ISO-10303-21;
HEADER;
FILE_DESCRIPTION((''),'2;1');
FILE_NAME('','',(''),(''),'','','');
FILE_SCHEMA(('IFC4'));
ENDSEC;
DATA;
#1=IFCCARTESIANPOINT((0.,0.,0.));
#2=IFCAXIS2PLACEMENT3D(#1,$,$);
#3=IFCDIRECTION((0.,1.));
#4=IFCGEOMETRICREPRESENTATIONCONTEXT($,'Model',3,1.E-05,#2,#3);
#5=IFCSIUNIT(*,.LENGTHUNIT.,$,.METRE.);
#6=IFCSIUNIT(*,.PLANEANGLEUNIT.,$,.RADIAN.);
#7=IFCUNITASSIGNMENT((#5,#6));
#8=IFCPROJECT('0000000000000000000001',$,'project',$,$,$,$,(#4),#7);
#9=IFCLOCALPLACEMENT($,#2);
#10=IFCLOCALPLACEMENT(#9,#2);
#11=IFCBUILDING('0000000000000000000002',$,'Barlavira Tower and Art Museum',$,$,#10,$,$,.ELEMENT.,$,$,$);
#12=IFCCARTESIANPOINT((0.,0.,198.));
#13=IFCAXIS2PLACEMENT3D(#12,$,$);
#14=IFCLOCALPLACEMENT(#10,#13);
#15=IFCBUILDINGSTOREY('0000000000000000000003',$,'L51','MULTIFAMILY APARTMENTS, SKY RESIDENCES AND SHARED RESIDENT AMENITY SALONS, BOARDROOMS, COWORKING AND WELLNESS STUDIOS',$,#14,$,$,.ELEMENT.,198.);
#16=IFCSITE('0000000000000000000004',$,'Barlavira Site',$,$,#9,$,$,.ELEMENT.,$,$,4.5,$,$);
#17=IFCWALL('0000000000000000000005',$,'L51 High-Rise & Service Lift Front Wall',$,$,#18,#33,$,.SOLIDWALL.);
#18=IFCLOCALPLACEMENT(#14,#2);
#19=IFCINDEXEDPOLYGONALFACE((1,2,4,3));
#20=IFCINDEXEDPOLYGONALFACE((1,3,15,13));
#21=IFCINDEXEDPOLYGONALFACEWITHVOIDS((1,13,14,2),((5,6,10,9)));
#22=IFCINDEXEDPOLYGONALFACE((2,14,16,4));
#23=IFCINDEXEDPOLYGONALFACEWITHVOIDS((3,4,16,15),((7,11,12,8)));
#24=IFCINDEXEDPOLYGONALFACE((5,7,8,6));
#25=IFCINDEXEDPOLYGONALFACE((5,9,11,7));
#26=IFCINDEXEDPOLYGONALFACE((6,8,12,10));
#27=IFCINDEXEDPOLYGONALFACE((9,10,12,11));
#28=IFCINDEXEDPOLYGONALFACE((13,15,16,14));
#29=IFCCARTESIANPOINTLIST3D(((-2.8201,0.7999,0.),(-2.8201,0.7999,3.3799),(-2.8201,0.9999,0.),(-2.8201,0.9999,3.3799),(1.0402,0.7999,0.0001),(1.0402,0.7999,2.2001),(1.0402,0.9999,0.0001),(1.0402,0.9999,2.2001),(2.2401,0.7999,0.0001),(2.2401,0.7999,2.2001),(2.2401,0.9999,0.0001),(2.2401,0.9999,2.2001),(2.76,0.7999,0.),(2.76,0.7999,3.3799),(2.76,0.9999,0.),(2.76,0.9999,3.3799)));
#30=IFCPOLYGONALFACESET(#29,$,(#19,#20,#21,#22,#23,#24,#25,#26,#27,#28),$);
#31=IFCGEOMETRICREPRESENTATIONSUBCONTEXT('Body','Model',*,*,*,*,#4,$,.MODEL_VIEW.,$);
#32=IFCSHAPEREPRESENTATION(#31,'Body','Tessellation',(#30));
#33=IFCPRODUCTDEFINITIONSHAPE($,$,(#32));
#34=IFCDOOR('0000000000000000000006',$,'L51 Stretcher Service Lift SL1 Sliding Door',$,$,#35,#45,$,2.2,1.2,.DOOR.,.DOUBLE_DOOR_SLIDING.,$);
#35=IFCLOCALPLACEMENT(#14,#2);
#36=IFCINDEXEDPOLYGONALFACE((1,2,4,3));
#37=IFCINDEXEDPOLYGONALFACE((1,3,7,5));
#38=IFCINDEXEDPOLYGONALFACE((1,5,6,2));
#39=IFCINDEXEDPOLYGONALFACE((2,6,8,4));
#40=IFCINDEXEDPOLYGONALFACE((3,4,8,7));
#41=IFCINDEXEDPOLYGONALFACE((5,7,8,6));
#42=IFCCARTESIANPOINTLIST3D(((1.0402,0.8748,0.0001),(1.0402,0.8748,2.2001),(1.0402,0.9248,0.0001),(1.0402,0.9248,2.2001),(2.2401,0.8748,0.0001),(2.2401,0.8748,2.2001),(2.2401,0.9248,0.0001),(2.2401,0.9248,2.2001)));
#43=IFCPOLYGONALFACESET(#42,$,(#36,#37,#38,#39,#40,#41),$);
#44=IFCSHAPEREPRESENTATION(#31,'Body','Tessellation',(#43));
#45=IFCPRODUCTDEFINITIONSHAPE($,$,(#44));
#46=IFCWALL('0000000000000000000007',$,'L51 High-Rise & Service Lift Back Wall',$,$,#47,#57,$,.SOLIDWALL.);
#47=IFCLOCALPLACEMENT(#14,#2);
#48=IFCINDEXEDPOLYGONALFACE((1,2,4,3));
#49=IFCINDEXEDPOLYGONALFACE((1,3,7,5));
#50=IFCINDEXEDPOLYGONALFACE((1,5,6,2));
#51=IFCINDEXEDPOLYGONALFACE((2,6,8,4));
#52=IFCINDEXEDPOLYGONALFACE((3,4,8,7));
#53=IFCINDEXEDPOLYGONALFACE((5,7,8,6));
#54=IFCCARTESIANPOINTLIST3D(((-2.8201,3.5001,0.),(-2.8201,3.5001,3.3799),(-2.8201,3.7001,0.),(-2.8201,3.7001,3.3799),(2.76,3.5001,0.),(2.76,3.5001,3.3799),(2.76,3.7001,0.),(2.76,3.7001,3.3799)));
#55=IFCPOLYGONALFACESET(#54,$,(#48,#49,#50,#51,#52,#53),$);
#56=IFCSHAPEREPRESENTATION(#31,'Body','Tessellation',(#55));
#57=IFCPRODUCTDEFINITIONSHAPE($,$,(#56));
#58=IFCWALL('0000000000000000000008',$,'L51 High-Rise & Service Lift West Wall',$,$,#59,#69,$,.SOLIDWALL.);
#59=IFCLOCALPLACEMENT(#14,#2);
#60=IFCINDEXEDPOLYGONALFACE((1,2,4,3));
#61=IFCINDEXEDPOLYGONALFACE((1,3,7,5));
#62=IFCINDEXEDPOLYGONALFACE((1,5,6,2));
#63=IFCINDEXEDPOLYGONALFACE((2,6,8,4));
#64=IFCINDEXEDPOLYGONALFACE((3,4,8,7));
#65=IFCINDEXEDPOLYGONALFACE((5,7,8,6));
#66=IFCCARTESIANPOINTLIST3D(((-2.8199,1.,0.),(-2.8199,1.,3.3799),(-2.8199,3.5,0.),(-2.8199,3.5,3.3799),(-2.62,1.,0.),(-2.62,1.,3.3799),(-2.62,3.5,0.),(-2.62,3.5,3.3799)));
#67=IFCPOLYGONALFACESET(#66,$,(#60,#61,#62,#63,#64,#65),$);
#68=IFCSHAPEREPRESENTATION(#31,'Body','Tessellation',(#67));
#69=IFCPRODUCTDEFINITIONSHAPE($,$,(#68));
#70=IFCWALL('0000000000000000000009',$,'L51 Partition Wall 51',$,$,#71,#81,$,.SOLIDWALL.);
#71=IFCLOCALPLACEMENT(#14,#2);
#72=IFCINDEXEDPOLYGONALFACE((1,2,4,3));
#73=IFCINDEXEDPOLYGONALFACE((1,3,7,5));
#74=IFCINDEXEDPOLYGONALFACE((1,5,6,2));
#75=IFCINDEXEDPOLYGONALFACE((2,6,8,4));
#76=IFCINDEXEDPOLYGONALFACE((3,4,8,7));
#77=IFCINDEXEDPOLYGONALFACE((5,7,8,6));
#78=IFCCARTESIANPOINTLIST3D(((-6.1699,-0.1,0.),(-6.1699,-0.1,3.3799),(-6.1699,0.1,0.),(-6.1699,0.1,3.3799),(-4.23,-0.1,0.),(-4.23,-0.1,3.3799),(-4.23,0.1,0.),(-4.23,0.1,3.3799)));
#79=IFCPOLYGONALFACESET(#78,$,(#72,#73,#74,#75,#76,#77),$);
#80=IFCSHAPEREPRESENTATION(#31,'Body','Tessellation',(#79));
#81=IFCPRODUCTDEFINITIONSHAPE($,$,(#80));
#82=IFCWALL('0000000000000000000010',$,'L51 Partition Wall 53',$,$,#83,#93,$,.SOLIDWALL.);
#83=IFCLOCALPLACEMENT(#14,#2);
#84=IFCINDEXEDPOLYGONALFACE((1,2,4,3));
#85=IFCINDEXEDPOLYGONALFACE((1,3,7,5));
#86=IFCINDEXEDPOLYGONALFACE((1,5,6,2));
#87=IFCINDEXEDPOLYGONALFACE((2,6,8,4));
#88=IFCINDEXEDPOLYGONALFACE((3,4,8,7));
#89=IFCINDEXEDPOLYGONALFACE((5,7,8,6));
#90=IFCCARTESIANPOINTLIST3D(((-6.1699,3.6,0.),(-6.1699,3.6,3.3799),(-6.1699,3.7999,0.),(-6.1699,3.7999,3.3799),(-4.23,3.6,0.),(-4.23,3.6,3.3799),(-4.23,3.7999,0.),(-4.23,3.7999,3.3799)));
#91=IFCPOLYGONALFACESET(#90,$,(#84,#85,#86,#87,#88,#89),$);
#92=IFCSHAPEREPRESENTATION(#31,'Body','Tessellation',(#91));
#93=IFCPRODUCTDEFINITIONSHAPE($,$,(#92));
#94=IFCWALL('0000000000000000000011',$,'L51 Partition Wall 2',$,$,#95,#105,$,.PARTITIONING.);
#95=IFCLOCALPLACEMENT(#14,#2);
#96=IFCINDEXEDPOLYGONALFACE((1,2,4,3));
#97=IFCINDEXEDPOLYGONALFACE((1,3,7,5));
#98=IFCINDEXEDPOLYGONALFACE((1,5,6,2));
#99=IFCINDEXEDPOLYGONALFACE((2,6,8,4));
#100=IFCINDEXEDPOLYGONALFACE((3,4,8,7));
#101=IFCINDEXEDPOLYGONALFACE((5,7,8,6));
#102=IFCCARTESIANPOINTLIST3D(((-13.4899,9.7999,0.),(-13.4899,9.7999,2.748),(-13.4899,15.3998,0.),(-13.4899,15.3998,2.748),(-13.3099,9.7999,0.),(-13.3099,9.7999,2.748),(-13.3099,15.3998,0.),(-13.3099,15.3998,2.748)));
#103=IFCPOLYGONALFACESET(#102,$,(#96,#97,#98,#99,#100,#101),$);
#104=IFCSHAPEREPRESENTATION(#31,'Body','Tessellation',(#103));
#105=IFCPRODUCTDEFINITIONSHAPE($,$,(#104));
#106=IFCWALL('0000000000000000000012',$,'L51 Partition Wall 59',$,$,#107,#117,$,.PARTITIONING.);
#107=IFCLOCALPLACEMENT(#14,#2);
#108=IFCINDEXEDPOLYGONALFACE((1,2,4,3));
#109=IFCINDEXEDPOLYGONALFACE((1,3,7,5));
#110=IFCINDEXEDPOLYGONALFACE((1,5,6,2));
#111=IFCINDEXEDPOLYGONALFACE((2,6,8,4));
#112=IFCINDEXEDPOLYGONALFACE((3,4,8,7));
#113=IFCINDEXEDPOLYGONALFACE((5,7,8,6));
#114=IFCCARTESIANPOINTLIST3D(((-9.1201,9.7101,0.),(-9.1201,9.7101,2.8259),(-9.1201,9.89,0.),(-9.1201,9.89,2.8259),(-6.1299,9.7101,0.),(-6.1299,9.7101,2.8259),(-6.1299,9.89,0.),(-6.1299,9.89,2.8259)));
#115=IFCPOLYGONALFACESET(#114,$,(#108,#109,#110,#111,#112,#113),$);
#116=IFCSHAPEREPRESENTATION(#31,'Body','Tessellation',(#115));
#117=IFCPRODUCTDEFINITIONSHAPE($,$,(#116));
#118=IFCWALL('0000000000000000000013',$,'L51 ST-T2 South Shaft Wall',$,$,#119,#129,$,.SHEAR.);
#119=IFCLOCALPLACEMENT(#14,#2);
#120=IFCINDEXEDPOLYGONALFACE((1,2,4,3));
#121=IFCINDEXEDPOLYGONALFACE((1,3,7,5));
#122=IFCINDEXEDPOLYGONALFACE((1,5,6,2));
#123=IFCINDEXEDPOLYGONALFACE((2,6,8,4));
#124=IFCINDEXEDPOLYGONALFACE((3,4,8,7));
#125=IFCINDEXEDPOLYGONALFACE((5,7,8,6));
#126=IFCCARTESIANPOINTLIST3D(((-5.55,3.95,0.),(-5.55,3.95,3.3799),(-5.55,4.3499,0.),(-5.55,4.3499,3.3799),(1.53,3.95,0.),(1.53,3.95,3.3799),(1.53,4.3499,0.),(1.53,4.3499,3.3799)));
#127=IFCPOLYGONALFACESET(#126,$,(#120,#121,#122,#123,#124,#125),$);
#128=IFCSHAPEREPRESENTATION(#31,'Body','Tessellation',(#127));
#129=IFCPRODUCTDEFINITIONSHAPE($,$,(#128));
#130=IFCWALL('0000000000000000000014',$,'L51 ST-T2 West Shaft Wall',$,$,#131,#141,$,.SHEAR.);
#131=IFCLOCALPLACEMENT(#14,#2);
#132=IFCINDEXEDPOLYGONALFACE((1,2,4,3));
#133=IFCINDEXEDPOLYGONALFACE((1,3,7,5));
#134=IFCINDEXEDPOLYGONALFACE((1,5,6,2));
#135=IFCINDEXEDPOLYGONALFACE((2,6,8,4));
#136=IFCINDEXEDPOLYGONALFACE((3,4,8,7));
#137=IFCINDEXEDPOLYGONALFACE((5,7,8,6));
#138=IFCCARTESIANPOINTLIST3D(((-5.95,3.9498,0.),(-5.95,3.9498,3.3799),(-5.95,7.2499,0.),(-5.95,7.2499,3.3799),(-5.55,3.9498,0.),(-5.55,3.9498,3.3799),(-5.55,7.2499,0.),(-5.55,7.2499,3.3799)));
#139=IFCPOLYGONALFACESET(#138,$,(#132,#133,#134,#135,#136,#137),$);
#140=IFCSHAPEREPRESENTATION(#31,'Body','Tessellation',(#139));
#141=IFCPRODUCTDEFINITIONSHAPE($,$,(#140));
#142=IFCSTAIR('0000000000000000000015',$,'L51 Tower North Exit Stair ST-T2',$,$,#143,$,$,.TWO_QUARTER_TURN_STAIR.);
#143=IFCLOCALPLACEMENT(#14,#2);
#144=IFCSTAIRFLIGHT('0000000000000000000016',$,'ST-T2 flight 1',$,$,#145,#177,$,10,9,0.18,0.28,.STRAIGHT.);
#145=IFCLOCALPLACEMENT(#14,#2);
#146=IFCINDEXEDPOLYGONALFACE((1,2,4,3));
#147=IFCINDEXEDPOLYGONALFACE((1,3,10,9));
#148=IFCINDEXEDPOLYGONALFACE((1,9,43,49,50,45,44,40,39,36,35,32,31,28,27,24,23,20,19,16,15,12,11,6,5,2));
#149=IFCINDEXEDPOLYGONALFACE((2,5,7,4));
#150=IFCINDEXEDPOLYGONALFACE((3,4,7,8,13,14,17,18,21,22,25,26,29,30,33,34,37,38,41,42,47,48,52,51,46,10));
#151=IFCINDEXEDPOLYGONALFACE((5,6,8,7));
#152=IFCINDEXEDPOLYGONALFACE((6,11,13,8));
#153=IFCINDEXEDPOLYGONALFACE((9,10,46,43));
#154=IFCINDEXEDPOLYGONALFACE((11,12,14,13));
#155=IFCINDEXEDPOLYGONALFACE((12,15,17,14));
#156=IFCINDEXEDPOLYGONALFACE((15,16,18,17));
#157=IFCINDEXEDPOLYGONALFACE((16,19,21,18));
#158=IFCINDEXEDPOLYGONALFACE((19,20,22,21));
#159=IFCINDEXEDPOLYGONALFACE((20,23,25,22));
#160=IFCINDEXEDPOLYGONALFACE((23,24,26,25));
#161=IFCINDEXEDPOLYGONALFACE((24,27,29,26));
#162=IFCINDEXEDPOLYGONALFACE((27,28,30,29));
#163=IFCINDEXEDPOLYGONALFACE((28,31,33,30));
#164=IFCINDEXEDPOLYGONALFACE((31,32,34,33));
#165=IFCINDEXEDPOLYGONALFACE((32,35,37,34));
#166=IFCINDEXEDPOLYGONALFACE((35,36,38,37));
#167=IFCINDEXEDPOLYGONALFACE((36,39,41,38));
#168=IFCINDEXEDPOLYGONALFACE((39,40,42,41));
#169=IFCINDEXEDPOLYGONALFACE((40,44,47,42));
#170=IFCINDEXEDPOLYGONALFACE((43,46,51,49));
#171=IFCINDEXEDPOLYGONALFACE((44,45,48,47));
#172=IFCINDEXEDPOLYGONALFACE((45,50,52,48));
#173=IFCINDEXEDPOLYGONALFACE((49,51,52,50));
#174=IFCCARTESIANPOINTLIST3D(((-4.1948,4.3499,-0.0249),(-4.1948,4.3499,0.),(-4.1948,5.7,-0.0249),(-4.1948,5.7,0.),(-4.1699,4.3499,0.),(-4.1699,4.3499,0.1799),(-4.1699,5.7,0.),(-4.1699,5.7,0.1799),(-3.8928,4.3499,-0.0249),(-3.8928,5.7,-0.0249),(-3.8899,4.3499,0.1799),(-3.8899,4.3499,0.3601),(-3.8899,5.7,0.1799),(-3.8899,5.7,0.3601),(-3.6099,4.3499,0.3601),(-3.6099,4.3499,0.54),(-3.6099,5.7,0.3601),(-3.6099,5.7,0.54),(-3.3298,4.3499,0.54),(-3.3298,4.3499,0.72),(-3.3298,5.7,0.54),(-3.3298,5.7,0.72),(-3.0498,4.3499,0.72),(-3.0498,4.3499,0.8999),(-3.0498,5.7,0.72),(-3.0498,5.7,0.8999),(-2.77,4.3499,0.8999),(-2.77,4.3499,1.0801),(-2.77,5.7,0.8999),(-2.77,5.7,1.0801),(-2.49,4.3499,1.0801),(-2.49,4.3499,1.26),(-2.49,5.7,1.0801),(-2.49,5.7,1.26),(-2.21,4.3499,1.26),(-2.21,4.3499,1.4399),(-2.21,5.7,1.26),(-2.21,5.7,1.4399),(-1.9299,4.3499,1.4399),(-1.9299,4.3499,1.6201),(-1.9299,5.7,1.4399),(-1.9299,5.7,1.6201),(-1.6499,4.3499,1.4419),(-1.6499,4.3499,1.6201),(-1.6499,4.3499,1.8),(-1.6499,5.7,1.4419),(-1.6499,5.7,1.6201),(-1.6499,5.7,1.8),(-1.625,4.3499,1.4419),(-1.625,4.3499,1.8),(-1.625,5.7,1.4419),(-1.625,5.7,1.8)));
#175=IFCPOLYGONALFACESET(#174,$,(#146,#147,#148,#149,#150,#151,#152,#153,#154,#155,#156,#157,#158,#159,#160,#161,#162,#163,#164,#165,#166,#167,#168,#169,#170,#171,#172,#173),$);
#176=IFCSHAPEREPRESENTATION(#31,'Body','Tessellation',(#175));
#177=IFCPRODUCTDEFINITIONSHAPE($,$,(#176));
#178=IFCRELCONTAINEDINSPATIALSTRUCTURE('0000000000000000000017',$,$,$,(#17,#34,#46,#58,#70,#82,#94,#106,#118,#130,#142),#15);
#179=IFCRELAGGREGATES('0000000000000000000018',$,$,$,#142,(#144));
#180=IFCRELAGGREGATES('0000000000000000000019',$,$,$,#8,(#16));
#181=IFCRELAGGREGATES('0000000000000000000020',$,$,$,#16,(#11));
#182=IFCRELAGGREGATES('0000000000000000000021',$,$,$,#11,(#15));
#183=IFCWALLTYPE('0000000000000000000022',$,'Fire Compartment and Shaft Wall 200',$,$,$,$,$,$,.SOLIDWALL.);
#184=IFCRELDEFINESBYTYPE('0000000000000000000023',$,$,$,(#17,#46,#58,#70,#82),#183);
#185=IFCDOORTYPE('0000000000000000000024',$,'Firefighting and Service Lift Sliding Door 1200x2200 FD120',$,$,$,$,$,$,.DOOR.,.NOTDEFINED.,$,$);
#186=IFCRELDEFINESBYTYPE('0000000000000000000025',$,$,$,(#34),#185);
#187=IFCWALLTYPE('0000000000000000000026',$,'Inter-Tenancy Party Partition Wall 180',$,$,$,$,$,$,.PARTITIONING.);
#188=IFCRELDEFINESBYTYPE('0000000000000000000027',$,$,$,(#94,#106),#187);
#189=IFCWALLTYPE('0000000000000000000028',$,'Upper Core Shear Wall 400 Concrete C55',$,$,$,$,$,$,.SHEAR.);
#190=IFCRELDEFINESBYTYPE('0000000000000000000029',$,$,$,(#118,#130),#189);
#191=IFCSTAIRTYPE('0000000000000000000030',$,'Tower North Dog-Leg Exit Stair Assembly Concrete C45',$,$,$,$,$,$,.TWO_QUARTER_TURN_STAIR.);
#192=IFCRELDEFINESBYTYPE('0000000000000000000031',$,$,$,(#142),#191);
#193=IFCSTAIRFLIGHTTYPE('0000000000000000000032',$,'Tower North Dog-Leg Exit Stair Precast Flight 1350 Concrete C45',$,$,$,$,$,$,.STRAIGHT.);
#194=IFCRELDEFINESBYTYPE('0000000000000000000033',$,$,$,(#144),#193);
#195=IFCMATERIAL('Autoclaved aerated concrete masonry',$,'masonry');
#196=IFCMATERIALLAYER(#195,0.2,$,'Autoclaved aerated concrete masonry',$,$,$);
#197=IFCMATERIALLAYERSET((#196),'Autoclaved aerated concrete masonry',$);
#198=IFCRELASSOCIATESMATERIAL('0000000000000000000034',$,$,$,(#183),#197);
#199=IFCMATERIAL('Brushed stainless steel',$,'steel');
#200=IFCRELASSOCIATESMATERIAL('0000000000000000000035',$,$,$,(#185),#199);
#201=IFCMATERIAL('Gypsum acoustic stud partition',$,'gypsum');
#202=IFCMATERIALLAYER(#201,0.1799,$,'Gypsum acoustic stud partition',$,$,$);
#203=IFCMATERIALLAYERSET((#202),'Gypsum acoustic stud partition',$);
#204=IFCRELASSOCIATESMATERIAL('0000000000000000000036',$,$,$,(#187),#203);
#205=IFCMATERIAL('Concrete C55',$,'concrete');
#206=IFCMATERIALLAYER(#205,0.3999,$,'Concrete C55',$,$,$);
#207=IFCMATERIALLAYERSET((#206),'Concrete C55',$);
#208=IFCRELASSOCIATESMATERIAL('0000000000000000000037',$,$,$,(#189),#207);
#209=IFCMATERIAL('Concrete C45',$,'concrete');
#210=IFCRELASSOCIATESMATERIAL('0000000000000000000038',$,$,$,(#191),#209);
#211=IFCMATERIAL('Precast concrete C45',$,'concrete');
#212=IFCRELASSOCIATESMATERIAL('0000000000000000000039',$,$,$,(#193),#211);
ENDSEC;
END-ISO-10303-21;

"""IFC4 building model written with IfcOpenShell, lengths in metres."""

from ifc_helpers import new_model, si_unit, direction, frame, frame_2d, origin, place, context, subcontext, project, spatial, polyline, rectangle, outline, extrude, material, layer, layer_set, type_object, element, fill, aggregate, save


model = new_model("IFC4")

# Units and contexts
model_context = context("Model", 3, precision=1e-05, world=origin(), true_north=direction((0.0, 1.0)))
body_context = subcontext(model_context, "Body", "Model", "MODEL_VIEW")
ifc_project = project(units=[si_unit("LENGTHUNIT", "METRE"), si_unit("PLANEANGLEUNIT", "RADIAN")], contexts=[model_context])

# Site, building, storey
site_placement = place(None, origin())
site = spatial("IfcSite", under=ifc_project, at=site_placement, Name="Barlavira Site", CompositionType="ELEMENT", RefElevation=4.5)
building_placement = place(site_placement, origin())
building = spatial("IfcBuilding", under=site, at=building_placement, Name="Barlavira Tower and Art Museum", CompositionType="ELEMENT")
storey_placement = place(building_placement, frame((0.0, 0.0, 198.0)))
storey = spatial("IfcBuildingStorey", under=building, at=storey_placement, Name="L51", Description="MULTIFAMILY APARTMENTS, SKY RESIDENCES AND SHARED RESIDENT AMENITY SALONS, BOARDROOMS, COWORKING AND WELLNESS STUDIOS", CompositionType="ELEMENT", Elevation=198.0)

# Shared definitions
ifc_material_1 = material(Name="Gypsum acoustic stud partition", Category="gypsum")

# Shared definitions
ifc_material_2 = material(Name="Brushed stainless steel", Category="steel")

# Wall, opening, door
ifc_material_3 = material(Name="Autoclaved aerated concrete masonry", Category="masonry")
ifc_layer_1 = layer(ifc_material_3, 0.2, Name="Autoclaved aerated concrete masonry")
ifc_layer_set_1 = layer_set([ifc_layer_1], Name="Autoclaved aerated concrete masonry")
wall_type_1 = type_object("IfcWallType", Name="Fire Compartment and Shaft Wall 200", PredefinedType="SOLIDWALL", material=ifc_layer_set_1)
wall_1_placement = place(storey_placement, frame((-2.8201, 0.8999, 0.0), z_axis=(0.0, 0.0, 1.0), x_axis=(1.0, 0.0, 0.0)))
wall_1 = element("IfcWall", 1, at=wall_1_placement, inside=storey, type_object=wall_type_1, Name="L51 High-Rise & Service Lift Front Wall", PredefinedType="SOLIDWALL", context=body_context, shape_type="SweptSolid", body=[
    extrude(rectangle(XDim=5.5801, YDim=0.2, at=frame_2d((2.79, 0.0))), origin(), (0.0, 0.0, 1.0), 3.3799),
])
opening_1_placement = place(wall_1_placement, frame((3.8601, 0.0, 0.0)))
opening_1 = element("IfcOpeningElement", 2, at=opening_1_placement, cuts=wall_1, PredefinedType="OPENING", context=body_context, shape_type="SweptSolid", body=[
    extrude(rectangle(XDim=1.2, YDim=2.2, at=frame_2d((0.6001, 1.1001))), frame((0.0, 0.1099, 0.0), z_axis=(0.0, -1.0, 0.0), x_axis=(1.0, 0.0, 0.0)), (0.0, 0.0, 1.0), 0.22),
])
door_type_1 = type_object("IfcDoorType", Name="Firefighting and Service Lift Sliding Door 1200x2200 FD120", OperationType="NOTDEFINED", PredefinedType="DOOR", material=ifc_material_2)
door_1_placement = place(opening_1_placement, origin())
door_1 = element("IfcDoor", 3, at=door_1_placement, inside=storey, type_object=door_type_1, Name="L51 Stretcher Service Lift SL1 Sliding Door", OperationType="DOUBLE_DOOR_SLIDING", OverallHeight=2.2, OverallWidth=1.2, PredefinedType="DOOR", context=body_context, shape_type="SweptSolid", body=[
    extrude(rectangle(XDim=1.2, YDim=2.2, at=frame_2d((0.6001, 1.1001))), frame((0.0, 0.0249, 0.0), z_axis=(0.0, -1.0, 0.0), x_axis=(1.0, 0.0, 0.0)), (0.0, 0.0, 1.0), 0.05),
])
fill(opening_1, door_1)

# Walls
wall_2_placement = place(storey_placement, frame((-2.8201, 3.6001, 0.0), z_axis=(0.0, 0.0, 1.0), x_axis=(1.0, 0.0, 0.0)))
element("IfcWall", 4, at=wall_2_placement, inside=storey, type_object=wall_type_1, Name="L51 High-Rise & Service Lift Back Wall", PredefinedType="SOLIDWALL", context=body_context, shape_type="SweptSolid", body=[
    extrude(rectangle(XDim=5.5801, YDim=0.2, at=frame_2d((2.79, 0.0))), origin(), (0.0, 0.0, 1.0), 3.3799),
])
wall_3_placement = place(storey_placement, frame((-2.72, 1.0, 0.0), z_axis=(0.0, 0.0, 1.0), x_axis=(0.0, 1.0, 0.0)))
element("IfcWall", 5, at=wall_3_placement, inside=storey, type_object=wall_type_1, Name="L51 High-Rise & Service Lift West Wall", PredefinedType="SOLIDWALL", context=body_context, shape_type="SweptSolid", body=[
    extrude(rectangle(XDim=2.5, YDim=0.2, at=frame_2d((1.25, 0.0))), origin(), (0.0, 0.0, 1.0), 3.3799),
])
for number, where, z_axis, x_axis, name in (
    (6, (-6.1699, 0.0, 0.0), (0.0, 0.0, 1.0), (1.0, 0.0, 0.0), "L51 Partition Wall 51"),
    (7, (-6.1699, 3.7, 0.0), (0.0, 0.0, 1.0), (1.0, 0.0, 0.0), "L51 Partition Wall 53"),
):
    element("IfcWall", number, at=place(storey_placement, frame(where, z_axis=z_axis, x_axis=x_axis)), inside=storey, type_object=wall_type_1, Name=name, PredefinedType="SOLIDWALL", context=body_context, shape_type="SweptSolid", body=[
        extrude(rectangle(XDim=1.9399, YDim=0.2, at=frame_2d((0.97, 0.0))), origin(), (0.0, 0.0, 1.0), 3.3799),
    ])
ifc_layer_2 = layer(ifc_material_1, 0.1799, Name="Gypsum acoustic stud partition")
ifc_layer_set_2 = layer_set([ifc_layer_2], Name="Gypsum acoustic stud partition")
wall_type_2 = type_object("IfcWallType", Name="Inter-Tenancy Party Partition Wall 180", PredefinedType="PARTITIONING", material=ifc_layer_set_2)
wall_4_placement = place(storey_placement, frame((-13.3999, 9.8, 0.0), z_axis=(0.0, 0.0, 1.0), x_axis=(0.0, 1.0, 0.0)))
element("IfcWall", 8, at=wall_4_placement, inside=storey, type_object=wall_type_2, Name="L51 Partition Wall 2", PredefinedType="PARTITIONING", context=body_context, shape_type="SweptSolid", body=[
    extrude(rectangle(XDim=5.5999, YDim=0.1799, at=frame_2d((2.7998, 0.0))), origin(), (0.0, 0.0, 1.0), 2.748),
])

# Walls
wall_5_placement = place(storey_placement, frame((-9.1201, 9.8, 0.0), z_axis=(0.0, 0.0, 1.0), x_axis=(1.0, 0.0, 0.0)))
element("IfcWall", 9, at=wall_5_placement, inside=storey, type_object=wall_type_2, Name="L51 Partition Wall 59", PredefinedType="PARTITIONING", context=body_context, shape_type="SweptSolid", body=[
    extrude(rectangle(XDim=2.9902, YDim=0.1799, at=frame_2d((1.4951, 0.0))), origin(), (0.0, 0.0, 1.0), 2.8259),
])
ifc_material_4 = material(Name="Concrete C55", Category="concrete")
ifc_layer_3 = layer(ifc_material_4, 0.3999, Name="Concrete C55")
ifc_layer_set_3 = layer_set([ifc_layer_3], Name="Concrete C55")
wall_type_3 = type_object("IfcWallType", Name="Upper Core Shear Wall 400 Concrete C55", PredefinedType="SHEAR", material=ifc_layer_set_3)
wall_6_placement = place(storey_placement, frame((-5.55, 4.1499, 0.0), z_axis=(0.0, 0.0, 1.0), x_axis=(1.0, 0.0, 0.0)))
element("IfcWall", 10, at=wall_6_placement, inside=storey, type_object=wall_type_3, Name="L51 ST-T2 South Shaft Wall", PredefinedType="SHEAR", context=body_context, shape_type="SweptSolid", body=[
    extrude(rectangle(XDim=7.0801, YDim=0.3999, at=frame_2d((3.54, 0.0))), origin(), (0.0, 0.0, 1.0), 3.3799),
])
wall_7_placement = place(storey_placement, frame((-5.75, 3.95, 0.0), z_axis=(0.0, 0.0, 1.0), x_axis=(0.0, 1.0, 0.0)))
element("IfcWall", 11, at=wall_7_placement, inside=storey, type_object=wall_type_3, Name="L51 ST-T2 West Shaft Wall", PredefinedType="SHEAR", context=body_context, shape_type="SweptSolid", body=[
    extrude(rectangle(XDim=3.3, YDim=0.3999, at=frame_2d((1.6499, 0.0))), origin(), (0.0, 0.0, 1.0), 3.3799),
])

# Stair, stair flight
ifc_material_5 = material(Name="Concrete C45", Category="concrete")
stair_type = type_object("IfcStairType", Name="Tower North Dog-Leg Exit Stair Assembly Concrete C45", PredefinedType="TWO_QUARTER_TURN_STAIR", material=ifc_material_5)
stair_placement = place(storey_placement, origin())
stair = element("IfcStair", 12, at=stair_placement, inside=storey, type_object=stair_type, Name="L51 Tower North Exit Stair ST-T2", PredefinedType="TWO_QUARTER_TURN_STAIR")
ifc_material_6 = material(Name="Precast concrete C45", Category="concrete")
stair_flight_type = type_object("IfcStairFlightType", Name="Tower North Dog-Leg Exit Stair Precast Flight 1350 Concrete C45", PredefinedType="STRAIGHT", material=ifc_material_6)
stair_flight_1_placement = place(storey_placement, frame((-4.1699, 5.0249, 0.0), z_axis=(0.0, 0.0, 1.0), x_axis=(1.0, 0.0, 0.0)))
stair_flight_1 = element("IfcStairFlight", 13, at=stair_flight_1_placement, type_object=stair_flight_type, Name="ST-T2 flight 1", NumberOfRisers=10, NumberOfTreads=9, PredefinedType="STRAIGHT", RiserHeight=0.18, TreadLength=0.28, context=body_context, shape_type="SweptSolid", body=[
    extrude(outline(polyline([(-0.0249, 0.0), (0.0, 0.0), (0.0, 0.1799), (0.28, 0.1799), (0.28, 0.3601), (0.5601, 0.3601), (0.5601, 0.54), (0.8401, 0.54), (0.8401, 0.72), (1.1201, 0.72), (1.1201, 0.8999), (1.3999, 0.8999), (1.3999, 1.0801), (1.6799, 1.0801), (1.6799, 1.26), (1.96, 1.26), (1.96, 1.4399), (2.24, 1.4399), (2.24, 1.6201), (2.52, 1.6201), (2.52, 1.8), (2.5449, 1.8), (2.5449, 1.4419), (2.52, 1.4419), (0.2771, -0.0249), (-0.0249, -0.0249), (-0.0249, 0.0)])), frame((0.0, 0.675, 0.0), z_axis=(0.0, -1.0, 0.0), x_axis=(1.0, 0.0, 0.0)), (0.0, 0.0, 1.0), 1.3501),
])
aggregate(stair, [stair_flight_1])

save(model, "model.ifc")
